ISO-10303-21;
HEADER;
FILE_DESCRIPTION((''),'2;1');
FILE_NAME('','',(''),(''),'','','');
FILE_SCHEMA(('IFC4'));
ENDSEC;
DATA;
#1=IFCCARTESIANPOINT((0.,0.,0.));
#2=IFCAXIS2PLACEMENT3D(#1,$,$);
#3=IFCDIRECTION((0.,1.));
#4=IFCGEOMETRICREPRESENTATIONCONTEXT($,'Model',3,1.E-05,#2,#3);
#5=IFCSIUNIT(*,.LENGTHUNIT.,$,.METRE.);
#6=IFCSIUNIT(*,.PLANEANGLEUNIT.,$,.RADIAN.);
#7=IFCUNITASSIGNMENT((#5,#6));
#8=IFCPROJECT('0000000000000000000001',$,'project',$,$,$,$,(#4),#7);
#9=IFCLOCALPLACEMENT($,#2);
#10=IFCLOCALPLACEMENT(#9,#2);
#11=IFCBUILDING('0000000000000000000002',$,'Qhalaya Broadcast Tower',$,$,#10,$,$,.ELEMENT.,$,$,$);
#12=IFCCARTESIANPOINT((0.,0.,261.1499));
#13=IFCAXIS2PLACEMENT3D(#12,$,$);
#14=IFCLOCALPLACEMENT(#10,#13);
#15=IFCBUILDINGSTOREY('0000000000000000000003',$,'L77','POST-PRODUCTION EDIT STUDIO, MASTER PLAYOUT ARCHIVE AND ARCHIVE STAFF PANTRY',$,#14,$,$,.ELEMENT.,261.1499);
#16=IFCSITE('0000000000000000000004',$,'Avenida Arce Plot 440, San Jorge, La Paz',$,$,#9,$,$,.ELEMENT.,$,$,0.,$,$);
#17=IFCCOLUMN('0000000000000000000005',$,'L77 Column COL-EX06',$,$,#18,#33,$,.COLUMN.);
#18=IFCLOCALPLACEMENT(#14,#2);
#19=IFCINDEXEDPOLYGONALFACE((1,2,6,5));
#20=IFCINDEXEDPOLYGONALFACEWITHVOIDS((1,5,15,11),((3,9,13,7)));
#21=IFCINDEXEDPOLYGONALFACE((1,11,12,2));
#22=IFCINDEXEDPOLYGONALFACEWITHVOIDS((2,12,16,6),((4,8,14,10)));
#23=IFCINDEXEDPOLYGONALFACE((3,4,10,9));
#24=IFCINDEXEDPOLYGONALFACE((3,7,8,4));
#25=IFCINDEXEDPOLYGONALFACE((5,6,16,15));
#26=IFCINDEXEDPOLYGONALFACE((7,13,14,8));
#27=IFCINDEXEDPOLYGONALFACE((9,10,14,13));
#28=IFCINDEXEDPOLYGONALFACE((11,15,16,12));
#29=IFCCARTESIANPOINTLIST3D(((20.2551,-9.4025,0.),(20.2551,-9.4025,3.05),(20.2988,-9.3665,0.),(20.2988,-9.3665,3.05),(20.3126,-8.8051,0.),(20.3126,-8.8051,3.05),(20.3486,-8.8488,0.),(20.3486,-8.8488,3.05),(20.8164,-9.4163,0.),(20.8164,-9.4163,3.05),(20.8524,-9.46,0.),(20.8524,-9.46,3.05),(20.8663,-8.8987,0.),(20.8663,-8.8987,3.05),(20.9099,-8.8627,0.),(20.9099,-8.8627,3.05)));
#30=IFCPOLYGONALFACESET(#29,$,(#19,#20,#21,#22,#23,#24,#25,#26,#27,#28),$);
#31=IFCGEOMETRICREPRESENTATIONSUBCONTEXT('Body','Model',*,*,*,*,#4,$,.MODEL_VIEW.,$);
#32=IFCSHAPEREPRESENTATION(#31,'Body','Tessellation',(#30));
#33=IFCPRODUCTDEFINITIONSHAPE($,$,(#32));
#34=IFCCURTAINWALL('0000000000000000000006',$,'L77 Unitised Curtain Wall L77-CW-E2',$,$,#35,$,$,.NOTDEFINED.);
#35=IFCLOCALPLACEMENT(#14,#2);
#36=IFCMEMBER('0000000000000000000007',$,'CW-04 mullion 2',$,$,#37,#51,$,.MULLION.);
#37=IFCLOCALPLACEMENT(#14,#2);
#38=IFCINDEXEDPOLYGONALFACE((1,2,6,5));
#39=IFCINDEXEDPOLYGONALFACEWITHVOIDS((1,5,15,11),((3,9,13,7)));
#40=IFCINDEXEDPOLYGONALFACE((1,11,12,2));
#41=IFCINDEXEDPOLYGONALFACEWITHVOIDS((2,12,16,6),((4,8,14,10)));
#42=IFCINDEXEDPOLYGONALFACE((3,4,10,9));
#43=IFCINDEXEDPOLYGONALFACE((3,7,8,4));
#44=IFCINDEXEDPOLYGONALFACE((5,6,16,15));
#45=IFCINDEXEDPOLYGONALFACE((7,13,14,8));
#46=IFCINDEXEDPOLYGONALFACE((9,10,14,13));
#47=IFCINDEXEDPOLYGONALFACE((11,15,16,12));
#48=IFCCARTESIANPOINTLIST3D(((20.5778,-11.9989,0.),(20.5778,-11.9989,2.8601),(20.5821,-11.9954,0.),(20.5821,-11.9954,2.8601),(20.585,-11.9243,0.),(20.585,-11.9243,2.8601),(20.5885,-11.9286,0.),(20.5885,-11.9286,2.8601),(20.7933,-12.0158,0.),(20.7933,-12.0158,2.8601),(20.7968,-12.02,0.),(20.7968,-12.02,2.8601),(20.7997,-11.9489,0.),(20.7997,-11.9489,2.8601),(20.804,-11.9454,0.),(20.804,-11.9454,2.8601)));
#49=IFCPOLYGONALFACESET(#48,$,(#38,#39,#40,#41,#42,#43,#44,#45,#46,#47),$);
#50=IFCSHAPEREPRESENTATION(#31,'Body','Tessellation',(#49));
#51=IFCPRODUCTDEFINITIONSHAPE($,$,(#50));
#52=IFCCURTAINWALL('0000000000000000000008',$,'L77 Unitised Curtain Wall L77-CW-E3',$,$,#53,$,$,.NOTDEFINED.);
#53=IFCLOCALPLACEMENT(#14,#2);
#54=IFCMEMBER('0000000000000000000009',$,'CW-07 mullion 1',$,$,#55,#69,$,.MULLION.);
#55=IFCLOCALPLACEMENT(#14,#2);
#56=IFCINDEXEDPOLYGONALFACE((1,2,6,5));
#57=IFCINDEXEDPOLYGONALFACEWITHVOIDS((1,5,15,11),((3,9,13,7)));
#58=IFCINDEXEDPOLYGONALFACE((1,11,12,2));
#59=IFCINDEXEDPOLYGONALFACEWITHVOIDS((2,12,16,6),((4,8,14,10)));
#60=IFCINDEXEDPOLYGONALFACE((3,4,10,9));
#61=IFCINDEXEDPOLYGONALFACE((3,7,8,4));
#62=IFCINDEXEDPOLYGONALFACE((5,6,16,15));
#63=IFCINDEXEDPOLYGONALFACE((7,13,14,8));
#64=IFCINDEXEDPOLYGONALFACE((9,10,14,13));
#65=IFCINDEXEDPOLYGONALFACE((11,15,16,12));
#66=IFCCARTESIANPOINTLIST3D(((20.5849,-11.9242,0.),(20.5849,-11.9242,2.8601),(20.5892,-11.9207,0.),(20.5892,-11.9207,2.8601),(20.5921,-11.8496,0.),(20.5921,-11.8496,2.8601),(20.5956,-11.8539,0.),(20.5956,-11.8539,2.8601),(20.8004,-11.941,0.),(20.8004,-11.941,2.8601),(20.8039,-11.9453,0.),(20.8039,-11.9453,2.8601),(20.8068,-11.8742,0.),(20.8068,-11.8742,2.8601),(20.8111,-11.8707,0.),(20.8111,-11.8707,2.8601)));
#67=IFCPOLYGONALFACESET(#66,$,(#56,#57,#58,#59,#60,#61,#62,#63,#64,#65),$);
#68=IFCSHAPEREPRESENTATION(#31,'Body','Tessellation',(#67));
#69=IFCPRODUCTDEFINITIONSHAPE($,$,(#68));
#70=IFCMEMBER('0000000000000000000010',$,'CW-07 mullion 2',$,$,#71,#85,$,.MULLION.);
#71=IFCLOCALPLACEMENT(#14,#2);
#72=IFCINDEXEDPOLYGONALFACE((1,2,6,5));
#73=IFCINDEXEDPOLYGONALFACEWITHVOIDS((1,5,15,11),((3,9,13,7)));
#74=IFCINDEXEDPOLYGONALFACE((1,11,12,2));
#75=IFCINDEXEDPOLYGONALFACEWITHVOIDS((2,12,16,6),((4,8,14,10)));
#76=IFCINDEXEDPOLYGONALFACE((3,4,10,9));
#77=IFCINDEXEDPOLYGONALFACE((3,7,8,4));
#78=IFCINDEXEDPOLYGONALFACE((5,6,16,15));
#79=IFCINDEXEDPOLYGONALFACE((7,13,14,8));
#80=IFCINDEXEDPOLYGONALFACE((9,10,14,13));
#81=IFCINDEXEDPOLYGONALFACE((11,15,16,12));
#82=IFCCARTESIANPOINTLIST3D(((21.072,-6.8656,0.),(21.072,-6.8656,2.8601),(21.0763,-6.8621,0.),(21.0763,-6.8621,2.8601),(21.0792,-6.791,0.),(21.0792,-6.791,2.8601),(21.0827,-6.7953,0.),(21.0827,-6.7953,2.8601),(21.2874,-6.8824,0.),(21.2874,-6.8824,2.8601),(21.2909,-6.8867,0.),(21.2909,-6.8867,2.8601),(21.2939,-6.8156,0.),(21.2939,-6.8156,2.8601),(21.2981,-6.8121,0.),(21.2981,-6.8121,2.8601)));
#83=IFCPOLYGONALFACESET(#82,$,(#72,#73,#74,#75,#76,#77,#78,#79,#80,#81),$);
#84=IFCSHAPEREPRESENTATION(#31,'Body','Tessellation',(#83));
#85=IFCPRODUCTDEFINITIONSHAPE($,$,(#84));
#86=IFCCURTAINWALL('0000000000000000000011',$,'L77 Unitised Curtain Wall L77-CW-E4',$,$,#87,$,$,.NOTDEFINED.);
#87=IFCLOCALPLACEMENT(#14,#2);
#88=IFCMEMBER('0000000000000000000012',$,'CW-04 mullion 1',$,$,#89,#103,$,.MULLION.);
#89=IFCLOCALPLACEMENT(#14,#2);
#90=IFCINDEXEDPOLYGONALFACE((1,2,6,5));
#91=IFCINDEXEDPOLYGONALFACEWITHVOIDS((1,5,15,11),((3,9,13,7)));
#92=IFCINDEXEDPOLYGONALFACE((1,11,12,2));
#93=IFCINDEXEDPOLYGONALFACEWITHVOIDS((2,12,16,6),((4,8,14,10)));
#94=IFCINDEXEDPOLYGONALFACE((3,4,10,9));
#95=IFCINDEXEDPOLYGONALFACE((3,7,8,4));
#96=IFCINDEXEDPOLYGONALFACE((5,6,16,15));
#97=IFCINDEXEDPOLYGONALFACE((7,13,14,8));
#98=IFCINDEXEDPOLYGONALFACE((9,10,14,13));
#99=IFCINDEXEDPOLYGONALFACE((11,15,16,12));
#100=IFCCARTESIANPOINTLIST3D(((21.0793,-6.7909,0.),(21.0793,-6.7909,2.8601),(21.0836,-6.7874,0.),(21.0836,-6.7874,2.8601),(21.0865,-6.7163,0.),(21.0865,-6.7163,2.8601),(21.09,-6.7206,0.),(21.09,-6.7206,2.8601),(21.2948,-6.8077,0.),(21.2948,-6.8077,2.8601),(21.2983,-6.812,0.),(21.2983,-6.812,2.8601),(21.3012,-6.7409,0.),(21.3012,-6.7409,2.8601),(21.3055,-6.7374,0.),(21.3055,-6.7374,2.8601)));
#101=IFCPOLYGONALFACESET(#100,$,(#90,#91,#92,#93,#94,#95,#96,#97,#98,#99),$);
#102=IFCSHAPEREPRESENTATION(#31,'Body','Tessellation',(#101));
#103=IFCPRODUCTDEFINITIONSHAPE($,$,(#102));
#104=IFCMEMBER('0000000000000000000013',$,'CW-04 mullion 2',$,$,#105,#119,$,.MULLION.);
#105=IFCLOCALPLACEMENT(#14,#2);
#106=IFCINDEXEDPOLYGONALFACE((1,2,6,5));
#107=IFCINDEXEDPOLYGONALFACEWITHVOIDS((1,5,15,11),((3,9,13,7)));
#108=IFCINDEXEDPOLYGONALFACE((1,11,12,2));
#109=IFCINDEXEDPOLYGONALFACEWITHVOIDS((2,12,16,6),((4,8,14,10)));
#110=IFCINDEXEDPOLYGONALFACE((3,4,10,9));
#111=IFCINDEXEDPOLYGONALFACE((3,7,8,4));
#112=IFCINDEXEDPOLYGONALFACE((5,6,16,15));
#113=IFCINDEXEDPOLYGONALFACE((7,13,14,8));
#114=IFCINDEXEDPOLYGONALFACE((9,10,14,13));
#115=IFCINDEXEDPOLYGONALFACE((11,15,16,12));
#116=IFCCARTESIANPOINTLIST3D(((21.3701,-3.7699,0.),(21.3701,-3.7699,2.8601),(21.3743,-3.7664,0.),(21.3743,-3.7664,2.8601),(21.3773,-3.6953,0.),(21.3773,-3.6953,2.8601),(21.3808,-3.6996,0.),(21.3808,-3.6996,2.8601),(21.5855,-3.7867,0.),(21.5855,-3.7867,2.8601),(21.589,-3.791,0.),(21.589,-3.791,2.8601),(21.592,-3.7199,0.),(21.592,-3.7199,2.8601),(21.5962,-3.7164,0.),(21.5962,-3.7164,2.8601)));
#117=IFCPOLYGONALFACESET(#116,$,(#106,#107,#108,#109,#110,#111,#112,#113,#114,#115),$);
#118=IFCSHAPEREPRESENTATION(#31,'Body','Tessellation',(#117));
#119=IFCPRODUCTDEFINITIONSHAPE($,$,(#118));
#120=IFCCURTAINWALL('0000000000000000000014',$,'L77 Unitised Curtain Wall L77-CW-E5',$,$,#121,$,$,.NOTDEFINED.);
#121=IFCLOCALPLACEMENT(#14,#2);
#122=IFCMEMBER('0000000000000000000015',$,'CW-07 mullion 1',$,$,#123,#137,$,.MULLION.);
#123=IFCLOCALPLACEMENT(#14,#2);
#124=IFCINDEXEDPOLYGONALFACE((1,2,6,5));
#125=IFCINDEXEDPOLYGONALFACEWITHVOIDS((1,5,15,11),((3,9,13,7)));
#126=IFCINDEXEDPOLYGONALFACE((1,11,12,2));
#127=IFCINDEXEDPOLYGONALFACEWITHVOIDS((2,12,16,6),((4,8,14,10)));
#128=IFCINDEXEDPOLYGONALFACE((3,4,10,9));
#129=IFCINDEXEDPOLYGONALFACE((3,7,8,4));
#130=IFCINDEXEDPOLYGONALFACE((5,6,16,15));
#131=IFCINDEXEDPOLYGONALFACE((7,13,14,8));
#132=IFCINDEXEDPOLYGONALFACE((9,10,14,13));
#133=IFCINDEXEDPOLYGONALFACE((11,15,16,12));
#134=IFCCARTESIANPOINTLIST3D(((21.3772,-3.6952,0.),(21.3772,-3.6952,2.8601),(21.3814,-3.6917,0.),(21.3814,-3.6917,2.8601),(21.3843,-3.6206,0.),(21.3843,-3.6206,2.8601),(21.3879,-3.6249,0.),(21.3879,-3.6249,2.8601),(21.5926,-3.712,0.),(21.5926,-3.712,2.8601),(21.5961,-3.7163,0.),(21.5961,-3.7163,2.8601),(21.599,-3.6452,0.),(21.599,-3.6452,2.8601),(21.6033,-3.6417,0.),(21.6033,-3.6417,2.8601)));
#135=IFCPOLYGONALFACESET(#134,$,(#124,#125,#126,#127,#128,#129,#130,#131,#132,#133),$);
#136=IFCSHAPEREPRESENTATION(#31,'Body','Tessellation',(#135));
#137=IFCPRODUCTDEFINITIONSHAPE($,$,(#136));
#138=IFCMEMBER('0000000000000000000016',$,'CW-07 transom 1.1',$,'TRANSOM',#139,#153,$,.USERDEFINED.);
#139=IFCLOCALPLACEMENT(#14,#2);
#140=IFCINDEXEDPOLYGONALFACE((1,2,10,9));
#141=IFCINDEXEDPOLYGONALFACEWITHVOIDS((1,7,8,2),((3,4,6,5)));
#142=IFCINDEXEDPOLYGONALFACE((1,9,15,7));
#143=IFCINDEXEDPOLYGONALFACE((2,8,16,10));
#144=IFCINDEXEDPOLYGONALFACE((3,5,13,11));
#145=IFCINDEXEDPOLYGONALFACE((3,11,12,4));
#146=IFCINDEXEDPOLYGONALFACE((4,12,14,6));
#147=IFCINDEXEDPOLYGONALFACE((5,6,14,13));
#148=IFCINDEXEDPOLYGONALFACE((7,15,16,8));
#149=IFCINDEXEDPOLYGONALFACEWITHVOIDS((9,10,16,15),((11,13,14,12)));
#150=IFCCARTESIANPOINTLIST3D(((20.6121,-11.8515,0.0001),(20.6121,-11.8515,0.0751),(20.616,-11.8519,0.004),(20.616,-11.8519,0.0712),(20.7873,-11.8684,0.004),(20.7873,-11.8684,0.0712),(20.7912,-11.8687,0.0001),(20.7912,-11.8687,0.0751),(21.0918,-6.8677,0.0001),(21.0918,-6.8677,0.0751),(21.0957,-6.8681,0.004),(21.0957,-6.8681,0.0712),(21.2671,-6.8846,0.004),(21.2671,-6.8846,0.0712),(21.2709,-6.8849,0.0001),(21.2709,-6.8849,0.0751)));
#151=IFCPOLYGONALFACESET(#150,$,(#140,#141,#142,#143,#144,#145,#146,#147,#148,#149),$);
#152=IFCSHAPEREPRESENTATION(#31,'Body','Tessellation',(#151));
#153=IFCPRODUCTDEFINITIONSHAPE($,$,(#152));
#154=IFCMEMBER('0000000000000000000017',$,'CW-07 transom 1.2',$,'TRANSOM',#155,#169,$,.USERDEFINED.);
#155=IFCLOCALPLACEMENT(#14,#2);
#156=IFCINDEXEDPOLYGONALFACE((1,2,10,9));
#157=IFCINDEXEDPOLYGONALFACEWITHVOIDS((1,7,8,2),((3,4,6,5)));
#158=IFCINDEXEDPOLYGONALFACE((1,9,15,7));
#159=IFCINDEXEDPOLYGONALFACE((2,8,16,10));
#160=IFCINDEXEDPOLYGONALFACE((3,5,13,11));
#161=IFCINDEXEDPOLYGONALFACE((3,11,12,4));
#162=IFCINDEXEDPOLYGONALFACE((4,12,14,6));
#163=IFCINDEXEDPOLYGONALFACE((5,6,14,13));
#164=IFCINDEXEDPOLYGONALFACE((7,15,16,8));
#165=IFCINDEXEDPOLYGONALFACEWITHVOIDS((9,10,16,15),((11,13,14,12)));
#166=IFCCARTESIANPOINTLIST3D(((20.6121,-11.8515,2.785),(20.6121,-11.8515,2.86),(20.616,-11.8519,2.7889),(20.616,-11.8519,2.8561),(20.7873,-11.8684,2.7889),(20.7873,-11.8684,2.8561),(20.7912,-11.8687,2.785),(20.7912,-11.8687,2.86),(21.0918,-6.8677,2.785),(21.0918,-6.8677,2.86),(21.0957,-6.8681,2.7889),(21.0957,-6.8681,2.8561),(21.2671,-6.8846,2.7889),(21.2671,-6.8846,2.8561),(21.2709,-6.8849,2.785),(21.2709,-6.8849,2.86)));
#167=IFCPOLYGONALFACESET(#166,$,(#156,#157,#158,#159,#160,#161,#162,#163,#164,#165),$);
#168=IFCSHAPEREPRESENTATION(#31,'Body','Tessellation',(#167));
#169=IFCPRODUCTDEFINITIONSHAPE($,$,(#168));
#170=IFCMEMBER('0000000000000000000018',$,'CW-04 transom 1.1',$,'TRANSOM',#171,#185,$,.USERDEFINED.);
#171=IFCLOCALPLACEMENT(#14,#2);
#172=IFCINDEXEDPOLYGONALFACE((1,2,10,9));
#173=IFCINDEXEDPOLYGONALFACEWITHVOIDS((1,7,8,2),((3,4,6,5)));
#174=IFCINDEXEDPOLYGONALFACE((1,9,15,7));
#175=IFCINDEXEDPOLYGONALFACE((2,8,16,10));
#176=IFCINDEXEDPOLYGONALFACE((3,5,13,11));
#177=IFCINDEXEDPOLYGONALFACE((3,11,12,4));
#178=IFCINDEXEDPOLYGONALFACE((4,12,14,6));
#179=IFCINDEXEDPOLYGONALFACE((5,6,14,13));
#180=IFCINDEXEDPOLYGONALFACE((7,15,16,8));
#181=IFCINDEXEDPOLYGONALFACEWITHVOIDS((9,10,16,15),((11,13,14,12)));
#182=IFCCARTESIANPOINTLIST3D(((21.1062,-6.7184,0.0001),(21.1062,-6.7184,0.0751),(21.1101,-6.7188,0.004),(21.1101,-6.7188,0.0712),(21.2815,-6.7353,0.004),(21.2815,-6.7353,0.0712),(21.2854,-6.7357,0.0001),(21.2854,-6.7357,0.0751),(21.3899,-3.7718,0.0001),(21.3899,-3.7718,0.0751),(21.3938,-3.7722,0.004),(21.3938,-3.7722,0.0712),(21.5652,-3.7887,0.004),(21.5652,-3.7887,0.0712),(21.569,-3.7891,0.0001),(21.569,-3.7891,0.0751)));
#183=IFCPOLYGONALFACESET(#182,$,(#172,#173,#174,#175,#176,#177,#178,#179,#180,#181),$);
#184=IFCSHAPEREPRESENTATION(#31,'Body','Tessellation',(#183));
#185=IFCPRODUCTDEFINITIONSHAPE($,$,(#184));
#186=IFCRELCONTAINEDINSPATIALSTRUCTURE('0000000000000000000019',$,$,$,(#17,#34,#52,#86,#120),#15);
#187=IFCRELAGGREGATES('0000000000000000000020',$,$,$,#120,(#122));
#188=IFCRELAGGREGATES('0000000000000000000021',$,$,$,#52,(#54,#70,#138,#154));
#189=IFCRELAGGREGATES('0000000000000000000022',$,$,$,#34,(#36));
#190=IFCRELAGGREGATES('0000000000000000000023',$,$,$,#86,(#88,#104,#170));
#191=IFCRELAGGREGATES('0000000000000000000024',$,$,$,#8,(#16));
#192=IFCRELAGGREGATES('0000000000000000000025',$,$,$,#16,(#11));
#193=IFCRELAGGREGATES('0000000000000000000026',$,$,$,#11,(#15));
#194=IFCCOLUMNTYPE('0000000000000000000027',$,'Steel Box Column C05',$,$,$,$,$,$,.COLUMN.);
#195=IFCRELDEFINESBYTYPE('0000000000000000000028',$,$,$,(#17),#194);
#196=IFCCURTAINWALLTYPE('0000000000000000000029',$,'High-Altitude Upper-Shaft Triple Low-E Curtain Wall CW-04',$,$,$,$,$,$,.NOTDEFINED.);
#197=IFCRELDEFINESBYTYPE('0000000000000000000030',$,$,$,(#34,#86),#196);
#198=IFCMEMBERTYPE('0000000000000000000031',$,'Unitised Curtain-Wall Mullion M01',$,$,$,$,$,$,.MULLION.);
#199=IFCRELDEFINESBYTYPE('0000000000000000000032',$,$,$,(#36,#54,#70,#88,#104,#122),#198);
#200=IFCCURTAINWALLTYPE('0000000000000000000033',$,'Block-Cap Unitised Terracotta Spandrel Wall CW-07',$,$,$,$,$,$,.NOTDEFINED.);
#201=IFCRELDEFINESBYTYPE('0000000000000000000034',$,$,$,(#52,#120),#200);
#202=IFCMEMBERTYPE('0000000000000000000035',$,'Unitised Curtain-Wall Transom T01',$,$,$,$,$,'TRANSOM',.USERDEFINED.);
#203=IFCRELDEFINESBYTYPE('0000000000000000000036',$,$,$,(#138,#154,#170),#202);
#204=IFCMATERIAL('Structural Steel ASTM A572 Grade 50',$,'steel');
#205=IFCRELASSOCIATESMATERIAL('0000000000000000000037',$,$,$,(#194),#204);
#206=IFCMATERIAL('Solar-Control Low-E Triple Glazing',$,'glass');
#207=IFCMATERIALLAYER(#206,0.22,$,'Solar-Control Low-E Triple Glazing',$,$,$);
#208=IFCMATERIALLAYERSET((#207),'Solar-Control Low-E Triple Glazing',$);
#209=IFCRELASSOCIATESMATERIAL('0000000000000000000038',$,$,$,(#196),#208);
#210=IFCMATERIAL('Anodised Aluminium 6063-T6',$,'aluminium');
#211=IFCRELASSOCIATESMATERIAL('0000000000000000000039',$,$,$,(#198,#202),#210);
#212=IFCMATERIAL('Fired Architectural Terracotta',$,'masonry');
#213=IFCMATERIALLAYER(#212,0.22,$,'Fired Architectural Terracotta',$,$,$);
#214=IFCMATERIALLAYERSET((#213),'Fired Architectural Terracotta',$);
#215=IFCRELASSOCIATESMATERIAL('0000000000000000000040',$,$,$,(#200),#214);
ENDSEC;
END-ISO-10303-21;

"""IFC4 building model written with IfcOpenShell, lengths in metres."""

from ifc_helpers import new_model, si_unit, direction, frame, origin, origin_2d, place, context, subcontext, project, spatial, hollow_rectangle, extrude, material, layer, layer_set, material_profile, profile_set, type_object, element, aggregate, save


model = new_model("IFC4")

# Units and contexts
model_context = context("Model", 3, precision=1e-05, world=origin(), true_north=direction((0.0, 1.0)))
body_context = subcontext(model_context, "Body", "Model", "MODEL_VIEW")
ifc_project = project(units=[si_unit("LENGTHUNIT", "METRE"), si_unit("PLANEANGLEUNIT", "RADIAN")], contexts=[model_context])

# Site, building, storey
site_placement = place(None, origin())
site = spatial("IfcSite", under=ifc_project, at=site_placement, Name="Avenida Arce Plot 440, San Jorge, La Paz", CompositionType="ELEMENT", RefElevation=0.0)
building_placement = place(site_placement, origin())
building = spatial("IfcBuilding", under=site, at=building_placement, Name="Qhalaya Broadcast Tower", CompositionType="ELEMENT")
storey_placement = place(building_placement, frame((0.0, 0.0, 261.1499)))
storey = spatial("IfcBuildingStorey", under=building, at=storey_placement, Name="L77", Description="POST-PRODUCTION EDIT STUDIO, MASTER PLAYOUT ARCHIVE AND ARCHIVE STAFF PANTRY", CompositionType="ELEMENT", Elevation=261.1499)

# Column
ifc_material_1 = material(Name="Structural Steel ASTM A572 Grade 50", Category="steel")
ifc_material_profile_1 = material_profile(ifc_material_1, hollow_rectangle(XDim=0.6001, YDim=0.6001, WallThickness=0.04, at=origin_2d()), Name="BOX 600x600x40")
ifc_profile_set_1 = profile_set([ifc_material_profile_1], Name="Structural Steel ASTM A572 Grade 50")
column_type = type_object("IfcColumnType", Name="Steel Box Column C05", PredefinedType="COLUMN", material=ifc_profile_set_1)
column_placement = place(storey_placement, frame((20.5825, -9.1326, 0.0), z_axis=(0.0, 0.0, 1.0), x_axis=(0.095846, 0.995396, 0.0)))
element("IfcColumn", 1, at=column_placement, inside=storey, type_object=column_type, Name="L77 Column COL-EX06", PredefinedType="COLUMN", context=body_context, shape_type="SweptSolid", body=[
    extrude(hollow_rectangle(XDim=0.6001, YDim=0.6001, WallThickness=0.04, at=origin_2d()), origin(), (0.0, 0.0, 1.0), 3.05),
])

# Curtain wall, member
ifc_material_2 = material(Name="Solar-Control Low-E Triple Glazing", Category="glass")
ifc_layer_1 = layer(ifc_material_2, 0.22, Name="Solar-Control Low-E Triple Glazing")
ifc_layer_set_1 = layer_set([ifc_layer_1], Name="Solar-Control Low-E Triple Glazing")
curtain_wall_type_1 = type_object("IfcCurtainWallType", Name="High-Altitude Upper-Shaft Triple Low-E Curtain Wall CW-04", PredefinedType="NOTDEFINED", material=ifc_layer_set_1)
curtain_wall_1_placement = place(storey_placement, origin())
curtain_wall_1 = element("IfcCurtainWall", 2, at=curtain_wall_1_placement, inside=storey, type_object=curtain_wall_type_1, Name="L77 Unitised Curtain Wall L77-CW-E2", PredefinedType="NOTDEFINED")
ifc_material_3 = material(Name="Anodised Aluminium 6063-T6", Category="aluminium")
ifc_material_profile_2 = material_profile(ifc_material_3, hollow_rectangle(XDim=0.075, YDim=0.22, WallThickness=0.0039, at=origin_2d()), Name="ALU-MUL 75x220x4")
ifc_profile_set_2 = profile_set([ifc_material_profile_2], Name="Anodised Aluminium 6063-T6")
member_type_1 = type_object("IfcMemberType", Name="Unitised Curtain-Wall Mullion M01", PredefinedType="MULLION", material=ifc_profile_set_2)
member_1_placement = place(storey_placement, frame((20.6909, -11.9722, 0.0), z_axis=(0.0, 0.0, 1.0), x_axis=(0.095851, 0.995396, 0.0)))
member_1 = element("IfcMember", 3, at=member_1_placement, type_object=member_type_1, Name="CW-04 mullion 2", PredefinedType="MULLION", context=body_context, shape_type="SweptSolid", body=[
    extrude(hollow_rectangle(XDim=0.075, YDim=0.22, WallThickness=0.0039, at=origin_2d()), origin(), (0.0, 0.0, 1.0), 2.8601),
])

# Curtain walls, members
ifc_material_4 = material(Name="Fired Architectural Terracotta", Category="masonry")
ifc_layer_2 = layer(ifc_material_4, 0.22, Name="Fired Architectural Terracotta")
ifc_layer_set_2 = layer_set([ifc_layer_2], Name="Fired Architectural Terracotta")
curtain_wall_type_2 = type_object("IfcCurtainWallType", Name="Block-Cap Unitised Terracotta Spandrel Wall CW-07", PredefinedType="NOTDEFINED", material=ifc_layer_set_2)
curtain_wall_2_placement = place(storey_placement, origin())
curtain_wall_2 = element("IfcCurtainWall", 4, at=curtain_wall_2_placement, inside=storey, type_object=curtain_wall_type_2, Name="L77 Unitised Curtain Wall L77-CW-E3", PredefinedType="NOTDEFINED")
member_2_placement = place(storey_placement, frame((20.698, -11.8975, 0.0), z_axis=(0.0, 0.0, 1.0), x_axis=(0.095851, 0.995396, 0.0)))
member_2 = element("IfcMember", 5, at=member_2_placement, type_object=member_type_1, Name="CW-07 mullion 1", PredefinedType="MULLION", context=body_context, shape_type="SweptSolid", body=[
    extrude(hollow_rectangle(XDim=0.075, YDim=0.22, WallThickness=0.0039, at=origin_2d()), origin(), (0.0, 0.0, 1.0), 2.8601),
])
member_3_placement = place(storey_placement, frame((21.1851, -6.8389, 0.0), z_axis=(0.0, 0.0, 1.0), x_axis=(0.095851, 0.995396, 0.0)))
member_3 = element("IfcMember", 6, at=member_3_placement, type_object=member_type_1, Name="CW-07 mullion 2", PredefinedType="MULLION", context=body_context, shape_type="SweptSolid", body=[
    extrude(hollow_rectangle(XDim=0.075, YDim=0.22, WallThickness=0.0039, at=origin_2d()), origin(), (0.0, 0.0, 1.0), 2.8601),
])
curtain_wall_3_placement = place(storey_placement, origin())
curtain_wall_3 = element("IfcCurtainWall", 7, at=curtain_wall_3_placement, inside=storey, type_object=curtain_wall_type_1, Name="L77 Unitised Curtain Wall L77-CW-E4", PredefinedType="NOTDEFINED")
member_4_placement = place(storey_placement, frame((21.1924, -6.7642, 0.0), z_axis=(0.0, 0.0, 1.0), x_axis=(0.09582, 0.995399, 0.0)))
member_4 = element("IfcMember", 8, at=member_4_placement, type_object=member_type_1, Name="CW-04 mullion 1", PredefinedType="MULLION", context=body_context, shape_type="SweptSolid", body=[
    extrude(hollow_rectangle(XDim=0.075, YDim=0.22, WallThickness=0.0039, at=origin_2d()), origin(), (0.0, 0.0, 1.0), 2.8601),
])
member_5_placement = place(storey_placement, frame((21.4832, -3.7432, 0.0), z_axis=(0.0, 0.0, 1.0), x_axis=(0.09582, 0.995399, 0.0)))
member_5 = element("IfcMember", 9, at=member_5_placement, type_object=member_type_1, Name="CW-04 mullion 2", PredefinedType="MULLION", context=body_context, shape_type="SweptSolid", body=[
    extrude(hollow_rectangle(XDim=0.075, YDim=0.22, WallThickness=0.0039, at=origin_2d()), origin(), (0.0, 0.0, 1.0), 2.8601),
])

# Curtain wall, member
curtain_wall_4_placement = place(storey_placement, origin())
curtain_wall_4 = element("IfcCurtainWall", 10, at=curtain_wall_4_placement, inside=storey, type_object=curtain_wall_type_2, Name="L77 Unitised Curtain Wall L77-CW-E5", PredefinedType="NOTDEFINED")
member_6_placement = place(storey_placement, frame((21.4902, -3.6685, 0.0), z_axis=(0.0, 0.0, 1.0), x_axis=(0.095849, 0.995396, 0.0)))
member_6 = element("IfcMember", 11, at=member_6_placement, type_object=member_type_1, Name="CW-07 mullion 1", PredefinedType="MULLION", context=body_context, shape_type="SweptSolid", body=[
    extrude(hollow_rectangle(XDim=0.075, YDim=0.22, WallThickness=0.0039, at=origin_2d()), origin(), (0.0, 0.0, 1.0), 2.8601),
])

# Members
ifc_material_profile_3 = material_profile(ifc_material_3, hollow_rectangle(XDim=0.075, YDim=0.1799, WallThickness=0.0039, at=origin_2d()), Name="ALU-TRN 75x180x4")
ifc_profile_set_3 = profile_set([ifc_material_profile_3], Name="Anodised Aluminium 6063-T6")
member_type_2 = type_object("IfcMemberType", Name="Unitised Curtain-Wall Transom T01", ElementType="TRANSOM", PredefinedType="USERDEFINED", material=ifc_profile_set_3)
member_7_placement = place(storey_placement, frame((20.7017, -11.8601, 0.0376), z_axis=(0.095815, 0.995399, 0.0), x_axis=(0.0, 0.0, 1.0)))
member_7 = element("IfcMember", 12, at=member_7_placement, type_object=member_type_2, Name="CW-07 transom 1.1", ObjectType="TRANSOM", PredefinedType="USERDEFINED", context=body_context, shape_type="SweptSolid", body=[
    extrude(hollow_rectangle(XDim=0.075, YDim=0.1799, WallThickness=0.0039, at=origin_2d()), origin(), (0.0, 0.0, 1.0), 5.0068),
])
member_8_placement = place(storey_placement, frame((20.7017, -11.8601, 2.8225), z_axis=(0.095815, 0.995399, 0.0), x_axis=(0.0, 0.0, 1.0)))
member_8 = element("IfcMember", 13, at=member_8_placement, type_object=member_type_2, Name="CW-07 transom 1.2", ObjectType="TRANSOM", PredefinedType="USERDEFINED", context=body_context, shape_type="SweptSolid", body=[
    extrude(hollow_rectangle(XDim=0.075, YDim=0.1799, WallThickness=0.0039, at=origin_2d()), origin(), (0.0, 0.0, 1.0), 5.0068),
])
member_9_placement = place(storey_placement, frame((21.1958, -6.7271, 0.0376), z_axis=(0.095837, 0.995397, 0.0), x_axis=(0.0, 0.0, 1.0)))
member_9 = element("IfcMember", 14, at=member_9_placement, type_object=member_type_2, Name="CW-04 transom 1.1", ObjectType="TRANSOM", PredefinedType="USERDEFINED", context=body_context, shape_type="SweptSolid", body=[
    extrude(hollow_rectangle(XDim=0.075, YDim=0.1799, WallThickness=0.0039, at=origin_2d()), origin(), (0.0, 0.0, 1.0), 2.9602),
])
aggregate(curtain_wall_4, [member_6])

aggregate(curtain_wall_2, [member_2, member_3, member_7, member_8])
aggregate(curtain_wall_1, [member_1])
aggregate(curtain_wall_3, [member_4, member_5, member_9])

save(model, "model.ifc")
